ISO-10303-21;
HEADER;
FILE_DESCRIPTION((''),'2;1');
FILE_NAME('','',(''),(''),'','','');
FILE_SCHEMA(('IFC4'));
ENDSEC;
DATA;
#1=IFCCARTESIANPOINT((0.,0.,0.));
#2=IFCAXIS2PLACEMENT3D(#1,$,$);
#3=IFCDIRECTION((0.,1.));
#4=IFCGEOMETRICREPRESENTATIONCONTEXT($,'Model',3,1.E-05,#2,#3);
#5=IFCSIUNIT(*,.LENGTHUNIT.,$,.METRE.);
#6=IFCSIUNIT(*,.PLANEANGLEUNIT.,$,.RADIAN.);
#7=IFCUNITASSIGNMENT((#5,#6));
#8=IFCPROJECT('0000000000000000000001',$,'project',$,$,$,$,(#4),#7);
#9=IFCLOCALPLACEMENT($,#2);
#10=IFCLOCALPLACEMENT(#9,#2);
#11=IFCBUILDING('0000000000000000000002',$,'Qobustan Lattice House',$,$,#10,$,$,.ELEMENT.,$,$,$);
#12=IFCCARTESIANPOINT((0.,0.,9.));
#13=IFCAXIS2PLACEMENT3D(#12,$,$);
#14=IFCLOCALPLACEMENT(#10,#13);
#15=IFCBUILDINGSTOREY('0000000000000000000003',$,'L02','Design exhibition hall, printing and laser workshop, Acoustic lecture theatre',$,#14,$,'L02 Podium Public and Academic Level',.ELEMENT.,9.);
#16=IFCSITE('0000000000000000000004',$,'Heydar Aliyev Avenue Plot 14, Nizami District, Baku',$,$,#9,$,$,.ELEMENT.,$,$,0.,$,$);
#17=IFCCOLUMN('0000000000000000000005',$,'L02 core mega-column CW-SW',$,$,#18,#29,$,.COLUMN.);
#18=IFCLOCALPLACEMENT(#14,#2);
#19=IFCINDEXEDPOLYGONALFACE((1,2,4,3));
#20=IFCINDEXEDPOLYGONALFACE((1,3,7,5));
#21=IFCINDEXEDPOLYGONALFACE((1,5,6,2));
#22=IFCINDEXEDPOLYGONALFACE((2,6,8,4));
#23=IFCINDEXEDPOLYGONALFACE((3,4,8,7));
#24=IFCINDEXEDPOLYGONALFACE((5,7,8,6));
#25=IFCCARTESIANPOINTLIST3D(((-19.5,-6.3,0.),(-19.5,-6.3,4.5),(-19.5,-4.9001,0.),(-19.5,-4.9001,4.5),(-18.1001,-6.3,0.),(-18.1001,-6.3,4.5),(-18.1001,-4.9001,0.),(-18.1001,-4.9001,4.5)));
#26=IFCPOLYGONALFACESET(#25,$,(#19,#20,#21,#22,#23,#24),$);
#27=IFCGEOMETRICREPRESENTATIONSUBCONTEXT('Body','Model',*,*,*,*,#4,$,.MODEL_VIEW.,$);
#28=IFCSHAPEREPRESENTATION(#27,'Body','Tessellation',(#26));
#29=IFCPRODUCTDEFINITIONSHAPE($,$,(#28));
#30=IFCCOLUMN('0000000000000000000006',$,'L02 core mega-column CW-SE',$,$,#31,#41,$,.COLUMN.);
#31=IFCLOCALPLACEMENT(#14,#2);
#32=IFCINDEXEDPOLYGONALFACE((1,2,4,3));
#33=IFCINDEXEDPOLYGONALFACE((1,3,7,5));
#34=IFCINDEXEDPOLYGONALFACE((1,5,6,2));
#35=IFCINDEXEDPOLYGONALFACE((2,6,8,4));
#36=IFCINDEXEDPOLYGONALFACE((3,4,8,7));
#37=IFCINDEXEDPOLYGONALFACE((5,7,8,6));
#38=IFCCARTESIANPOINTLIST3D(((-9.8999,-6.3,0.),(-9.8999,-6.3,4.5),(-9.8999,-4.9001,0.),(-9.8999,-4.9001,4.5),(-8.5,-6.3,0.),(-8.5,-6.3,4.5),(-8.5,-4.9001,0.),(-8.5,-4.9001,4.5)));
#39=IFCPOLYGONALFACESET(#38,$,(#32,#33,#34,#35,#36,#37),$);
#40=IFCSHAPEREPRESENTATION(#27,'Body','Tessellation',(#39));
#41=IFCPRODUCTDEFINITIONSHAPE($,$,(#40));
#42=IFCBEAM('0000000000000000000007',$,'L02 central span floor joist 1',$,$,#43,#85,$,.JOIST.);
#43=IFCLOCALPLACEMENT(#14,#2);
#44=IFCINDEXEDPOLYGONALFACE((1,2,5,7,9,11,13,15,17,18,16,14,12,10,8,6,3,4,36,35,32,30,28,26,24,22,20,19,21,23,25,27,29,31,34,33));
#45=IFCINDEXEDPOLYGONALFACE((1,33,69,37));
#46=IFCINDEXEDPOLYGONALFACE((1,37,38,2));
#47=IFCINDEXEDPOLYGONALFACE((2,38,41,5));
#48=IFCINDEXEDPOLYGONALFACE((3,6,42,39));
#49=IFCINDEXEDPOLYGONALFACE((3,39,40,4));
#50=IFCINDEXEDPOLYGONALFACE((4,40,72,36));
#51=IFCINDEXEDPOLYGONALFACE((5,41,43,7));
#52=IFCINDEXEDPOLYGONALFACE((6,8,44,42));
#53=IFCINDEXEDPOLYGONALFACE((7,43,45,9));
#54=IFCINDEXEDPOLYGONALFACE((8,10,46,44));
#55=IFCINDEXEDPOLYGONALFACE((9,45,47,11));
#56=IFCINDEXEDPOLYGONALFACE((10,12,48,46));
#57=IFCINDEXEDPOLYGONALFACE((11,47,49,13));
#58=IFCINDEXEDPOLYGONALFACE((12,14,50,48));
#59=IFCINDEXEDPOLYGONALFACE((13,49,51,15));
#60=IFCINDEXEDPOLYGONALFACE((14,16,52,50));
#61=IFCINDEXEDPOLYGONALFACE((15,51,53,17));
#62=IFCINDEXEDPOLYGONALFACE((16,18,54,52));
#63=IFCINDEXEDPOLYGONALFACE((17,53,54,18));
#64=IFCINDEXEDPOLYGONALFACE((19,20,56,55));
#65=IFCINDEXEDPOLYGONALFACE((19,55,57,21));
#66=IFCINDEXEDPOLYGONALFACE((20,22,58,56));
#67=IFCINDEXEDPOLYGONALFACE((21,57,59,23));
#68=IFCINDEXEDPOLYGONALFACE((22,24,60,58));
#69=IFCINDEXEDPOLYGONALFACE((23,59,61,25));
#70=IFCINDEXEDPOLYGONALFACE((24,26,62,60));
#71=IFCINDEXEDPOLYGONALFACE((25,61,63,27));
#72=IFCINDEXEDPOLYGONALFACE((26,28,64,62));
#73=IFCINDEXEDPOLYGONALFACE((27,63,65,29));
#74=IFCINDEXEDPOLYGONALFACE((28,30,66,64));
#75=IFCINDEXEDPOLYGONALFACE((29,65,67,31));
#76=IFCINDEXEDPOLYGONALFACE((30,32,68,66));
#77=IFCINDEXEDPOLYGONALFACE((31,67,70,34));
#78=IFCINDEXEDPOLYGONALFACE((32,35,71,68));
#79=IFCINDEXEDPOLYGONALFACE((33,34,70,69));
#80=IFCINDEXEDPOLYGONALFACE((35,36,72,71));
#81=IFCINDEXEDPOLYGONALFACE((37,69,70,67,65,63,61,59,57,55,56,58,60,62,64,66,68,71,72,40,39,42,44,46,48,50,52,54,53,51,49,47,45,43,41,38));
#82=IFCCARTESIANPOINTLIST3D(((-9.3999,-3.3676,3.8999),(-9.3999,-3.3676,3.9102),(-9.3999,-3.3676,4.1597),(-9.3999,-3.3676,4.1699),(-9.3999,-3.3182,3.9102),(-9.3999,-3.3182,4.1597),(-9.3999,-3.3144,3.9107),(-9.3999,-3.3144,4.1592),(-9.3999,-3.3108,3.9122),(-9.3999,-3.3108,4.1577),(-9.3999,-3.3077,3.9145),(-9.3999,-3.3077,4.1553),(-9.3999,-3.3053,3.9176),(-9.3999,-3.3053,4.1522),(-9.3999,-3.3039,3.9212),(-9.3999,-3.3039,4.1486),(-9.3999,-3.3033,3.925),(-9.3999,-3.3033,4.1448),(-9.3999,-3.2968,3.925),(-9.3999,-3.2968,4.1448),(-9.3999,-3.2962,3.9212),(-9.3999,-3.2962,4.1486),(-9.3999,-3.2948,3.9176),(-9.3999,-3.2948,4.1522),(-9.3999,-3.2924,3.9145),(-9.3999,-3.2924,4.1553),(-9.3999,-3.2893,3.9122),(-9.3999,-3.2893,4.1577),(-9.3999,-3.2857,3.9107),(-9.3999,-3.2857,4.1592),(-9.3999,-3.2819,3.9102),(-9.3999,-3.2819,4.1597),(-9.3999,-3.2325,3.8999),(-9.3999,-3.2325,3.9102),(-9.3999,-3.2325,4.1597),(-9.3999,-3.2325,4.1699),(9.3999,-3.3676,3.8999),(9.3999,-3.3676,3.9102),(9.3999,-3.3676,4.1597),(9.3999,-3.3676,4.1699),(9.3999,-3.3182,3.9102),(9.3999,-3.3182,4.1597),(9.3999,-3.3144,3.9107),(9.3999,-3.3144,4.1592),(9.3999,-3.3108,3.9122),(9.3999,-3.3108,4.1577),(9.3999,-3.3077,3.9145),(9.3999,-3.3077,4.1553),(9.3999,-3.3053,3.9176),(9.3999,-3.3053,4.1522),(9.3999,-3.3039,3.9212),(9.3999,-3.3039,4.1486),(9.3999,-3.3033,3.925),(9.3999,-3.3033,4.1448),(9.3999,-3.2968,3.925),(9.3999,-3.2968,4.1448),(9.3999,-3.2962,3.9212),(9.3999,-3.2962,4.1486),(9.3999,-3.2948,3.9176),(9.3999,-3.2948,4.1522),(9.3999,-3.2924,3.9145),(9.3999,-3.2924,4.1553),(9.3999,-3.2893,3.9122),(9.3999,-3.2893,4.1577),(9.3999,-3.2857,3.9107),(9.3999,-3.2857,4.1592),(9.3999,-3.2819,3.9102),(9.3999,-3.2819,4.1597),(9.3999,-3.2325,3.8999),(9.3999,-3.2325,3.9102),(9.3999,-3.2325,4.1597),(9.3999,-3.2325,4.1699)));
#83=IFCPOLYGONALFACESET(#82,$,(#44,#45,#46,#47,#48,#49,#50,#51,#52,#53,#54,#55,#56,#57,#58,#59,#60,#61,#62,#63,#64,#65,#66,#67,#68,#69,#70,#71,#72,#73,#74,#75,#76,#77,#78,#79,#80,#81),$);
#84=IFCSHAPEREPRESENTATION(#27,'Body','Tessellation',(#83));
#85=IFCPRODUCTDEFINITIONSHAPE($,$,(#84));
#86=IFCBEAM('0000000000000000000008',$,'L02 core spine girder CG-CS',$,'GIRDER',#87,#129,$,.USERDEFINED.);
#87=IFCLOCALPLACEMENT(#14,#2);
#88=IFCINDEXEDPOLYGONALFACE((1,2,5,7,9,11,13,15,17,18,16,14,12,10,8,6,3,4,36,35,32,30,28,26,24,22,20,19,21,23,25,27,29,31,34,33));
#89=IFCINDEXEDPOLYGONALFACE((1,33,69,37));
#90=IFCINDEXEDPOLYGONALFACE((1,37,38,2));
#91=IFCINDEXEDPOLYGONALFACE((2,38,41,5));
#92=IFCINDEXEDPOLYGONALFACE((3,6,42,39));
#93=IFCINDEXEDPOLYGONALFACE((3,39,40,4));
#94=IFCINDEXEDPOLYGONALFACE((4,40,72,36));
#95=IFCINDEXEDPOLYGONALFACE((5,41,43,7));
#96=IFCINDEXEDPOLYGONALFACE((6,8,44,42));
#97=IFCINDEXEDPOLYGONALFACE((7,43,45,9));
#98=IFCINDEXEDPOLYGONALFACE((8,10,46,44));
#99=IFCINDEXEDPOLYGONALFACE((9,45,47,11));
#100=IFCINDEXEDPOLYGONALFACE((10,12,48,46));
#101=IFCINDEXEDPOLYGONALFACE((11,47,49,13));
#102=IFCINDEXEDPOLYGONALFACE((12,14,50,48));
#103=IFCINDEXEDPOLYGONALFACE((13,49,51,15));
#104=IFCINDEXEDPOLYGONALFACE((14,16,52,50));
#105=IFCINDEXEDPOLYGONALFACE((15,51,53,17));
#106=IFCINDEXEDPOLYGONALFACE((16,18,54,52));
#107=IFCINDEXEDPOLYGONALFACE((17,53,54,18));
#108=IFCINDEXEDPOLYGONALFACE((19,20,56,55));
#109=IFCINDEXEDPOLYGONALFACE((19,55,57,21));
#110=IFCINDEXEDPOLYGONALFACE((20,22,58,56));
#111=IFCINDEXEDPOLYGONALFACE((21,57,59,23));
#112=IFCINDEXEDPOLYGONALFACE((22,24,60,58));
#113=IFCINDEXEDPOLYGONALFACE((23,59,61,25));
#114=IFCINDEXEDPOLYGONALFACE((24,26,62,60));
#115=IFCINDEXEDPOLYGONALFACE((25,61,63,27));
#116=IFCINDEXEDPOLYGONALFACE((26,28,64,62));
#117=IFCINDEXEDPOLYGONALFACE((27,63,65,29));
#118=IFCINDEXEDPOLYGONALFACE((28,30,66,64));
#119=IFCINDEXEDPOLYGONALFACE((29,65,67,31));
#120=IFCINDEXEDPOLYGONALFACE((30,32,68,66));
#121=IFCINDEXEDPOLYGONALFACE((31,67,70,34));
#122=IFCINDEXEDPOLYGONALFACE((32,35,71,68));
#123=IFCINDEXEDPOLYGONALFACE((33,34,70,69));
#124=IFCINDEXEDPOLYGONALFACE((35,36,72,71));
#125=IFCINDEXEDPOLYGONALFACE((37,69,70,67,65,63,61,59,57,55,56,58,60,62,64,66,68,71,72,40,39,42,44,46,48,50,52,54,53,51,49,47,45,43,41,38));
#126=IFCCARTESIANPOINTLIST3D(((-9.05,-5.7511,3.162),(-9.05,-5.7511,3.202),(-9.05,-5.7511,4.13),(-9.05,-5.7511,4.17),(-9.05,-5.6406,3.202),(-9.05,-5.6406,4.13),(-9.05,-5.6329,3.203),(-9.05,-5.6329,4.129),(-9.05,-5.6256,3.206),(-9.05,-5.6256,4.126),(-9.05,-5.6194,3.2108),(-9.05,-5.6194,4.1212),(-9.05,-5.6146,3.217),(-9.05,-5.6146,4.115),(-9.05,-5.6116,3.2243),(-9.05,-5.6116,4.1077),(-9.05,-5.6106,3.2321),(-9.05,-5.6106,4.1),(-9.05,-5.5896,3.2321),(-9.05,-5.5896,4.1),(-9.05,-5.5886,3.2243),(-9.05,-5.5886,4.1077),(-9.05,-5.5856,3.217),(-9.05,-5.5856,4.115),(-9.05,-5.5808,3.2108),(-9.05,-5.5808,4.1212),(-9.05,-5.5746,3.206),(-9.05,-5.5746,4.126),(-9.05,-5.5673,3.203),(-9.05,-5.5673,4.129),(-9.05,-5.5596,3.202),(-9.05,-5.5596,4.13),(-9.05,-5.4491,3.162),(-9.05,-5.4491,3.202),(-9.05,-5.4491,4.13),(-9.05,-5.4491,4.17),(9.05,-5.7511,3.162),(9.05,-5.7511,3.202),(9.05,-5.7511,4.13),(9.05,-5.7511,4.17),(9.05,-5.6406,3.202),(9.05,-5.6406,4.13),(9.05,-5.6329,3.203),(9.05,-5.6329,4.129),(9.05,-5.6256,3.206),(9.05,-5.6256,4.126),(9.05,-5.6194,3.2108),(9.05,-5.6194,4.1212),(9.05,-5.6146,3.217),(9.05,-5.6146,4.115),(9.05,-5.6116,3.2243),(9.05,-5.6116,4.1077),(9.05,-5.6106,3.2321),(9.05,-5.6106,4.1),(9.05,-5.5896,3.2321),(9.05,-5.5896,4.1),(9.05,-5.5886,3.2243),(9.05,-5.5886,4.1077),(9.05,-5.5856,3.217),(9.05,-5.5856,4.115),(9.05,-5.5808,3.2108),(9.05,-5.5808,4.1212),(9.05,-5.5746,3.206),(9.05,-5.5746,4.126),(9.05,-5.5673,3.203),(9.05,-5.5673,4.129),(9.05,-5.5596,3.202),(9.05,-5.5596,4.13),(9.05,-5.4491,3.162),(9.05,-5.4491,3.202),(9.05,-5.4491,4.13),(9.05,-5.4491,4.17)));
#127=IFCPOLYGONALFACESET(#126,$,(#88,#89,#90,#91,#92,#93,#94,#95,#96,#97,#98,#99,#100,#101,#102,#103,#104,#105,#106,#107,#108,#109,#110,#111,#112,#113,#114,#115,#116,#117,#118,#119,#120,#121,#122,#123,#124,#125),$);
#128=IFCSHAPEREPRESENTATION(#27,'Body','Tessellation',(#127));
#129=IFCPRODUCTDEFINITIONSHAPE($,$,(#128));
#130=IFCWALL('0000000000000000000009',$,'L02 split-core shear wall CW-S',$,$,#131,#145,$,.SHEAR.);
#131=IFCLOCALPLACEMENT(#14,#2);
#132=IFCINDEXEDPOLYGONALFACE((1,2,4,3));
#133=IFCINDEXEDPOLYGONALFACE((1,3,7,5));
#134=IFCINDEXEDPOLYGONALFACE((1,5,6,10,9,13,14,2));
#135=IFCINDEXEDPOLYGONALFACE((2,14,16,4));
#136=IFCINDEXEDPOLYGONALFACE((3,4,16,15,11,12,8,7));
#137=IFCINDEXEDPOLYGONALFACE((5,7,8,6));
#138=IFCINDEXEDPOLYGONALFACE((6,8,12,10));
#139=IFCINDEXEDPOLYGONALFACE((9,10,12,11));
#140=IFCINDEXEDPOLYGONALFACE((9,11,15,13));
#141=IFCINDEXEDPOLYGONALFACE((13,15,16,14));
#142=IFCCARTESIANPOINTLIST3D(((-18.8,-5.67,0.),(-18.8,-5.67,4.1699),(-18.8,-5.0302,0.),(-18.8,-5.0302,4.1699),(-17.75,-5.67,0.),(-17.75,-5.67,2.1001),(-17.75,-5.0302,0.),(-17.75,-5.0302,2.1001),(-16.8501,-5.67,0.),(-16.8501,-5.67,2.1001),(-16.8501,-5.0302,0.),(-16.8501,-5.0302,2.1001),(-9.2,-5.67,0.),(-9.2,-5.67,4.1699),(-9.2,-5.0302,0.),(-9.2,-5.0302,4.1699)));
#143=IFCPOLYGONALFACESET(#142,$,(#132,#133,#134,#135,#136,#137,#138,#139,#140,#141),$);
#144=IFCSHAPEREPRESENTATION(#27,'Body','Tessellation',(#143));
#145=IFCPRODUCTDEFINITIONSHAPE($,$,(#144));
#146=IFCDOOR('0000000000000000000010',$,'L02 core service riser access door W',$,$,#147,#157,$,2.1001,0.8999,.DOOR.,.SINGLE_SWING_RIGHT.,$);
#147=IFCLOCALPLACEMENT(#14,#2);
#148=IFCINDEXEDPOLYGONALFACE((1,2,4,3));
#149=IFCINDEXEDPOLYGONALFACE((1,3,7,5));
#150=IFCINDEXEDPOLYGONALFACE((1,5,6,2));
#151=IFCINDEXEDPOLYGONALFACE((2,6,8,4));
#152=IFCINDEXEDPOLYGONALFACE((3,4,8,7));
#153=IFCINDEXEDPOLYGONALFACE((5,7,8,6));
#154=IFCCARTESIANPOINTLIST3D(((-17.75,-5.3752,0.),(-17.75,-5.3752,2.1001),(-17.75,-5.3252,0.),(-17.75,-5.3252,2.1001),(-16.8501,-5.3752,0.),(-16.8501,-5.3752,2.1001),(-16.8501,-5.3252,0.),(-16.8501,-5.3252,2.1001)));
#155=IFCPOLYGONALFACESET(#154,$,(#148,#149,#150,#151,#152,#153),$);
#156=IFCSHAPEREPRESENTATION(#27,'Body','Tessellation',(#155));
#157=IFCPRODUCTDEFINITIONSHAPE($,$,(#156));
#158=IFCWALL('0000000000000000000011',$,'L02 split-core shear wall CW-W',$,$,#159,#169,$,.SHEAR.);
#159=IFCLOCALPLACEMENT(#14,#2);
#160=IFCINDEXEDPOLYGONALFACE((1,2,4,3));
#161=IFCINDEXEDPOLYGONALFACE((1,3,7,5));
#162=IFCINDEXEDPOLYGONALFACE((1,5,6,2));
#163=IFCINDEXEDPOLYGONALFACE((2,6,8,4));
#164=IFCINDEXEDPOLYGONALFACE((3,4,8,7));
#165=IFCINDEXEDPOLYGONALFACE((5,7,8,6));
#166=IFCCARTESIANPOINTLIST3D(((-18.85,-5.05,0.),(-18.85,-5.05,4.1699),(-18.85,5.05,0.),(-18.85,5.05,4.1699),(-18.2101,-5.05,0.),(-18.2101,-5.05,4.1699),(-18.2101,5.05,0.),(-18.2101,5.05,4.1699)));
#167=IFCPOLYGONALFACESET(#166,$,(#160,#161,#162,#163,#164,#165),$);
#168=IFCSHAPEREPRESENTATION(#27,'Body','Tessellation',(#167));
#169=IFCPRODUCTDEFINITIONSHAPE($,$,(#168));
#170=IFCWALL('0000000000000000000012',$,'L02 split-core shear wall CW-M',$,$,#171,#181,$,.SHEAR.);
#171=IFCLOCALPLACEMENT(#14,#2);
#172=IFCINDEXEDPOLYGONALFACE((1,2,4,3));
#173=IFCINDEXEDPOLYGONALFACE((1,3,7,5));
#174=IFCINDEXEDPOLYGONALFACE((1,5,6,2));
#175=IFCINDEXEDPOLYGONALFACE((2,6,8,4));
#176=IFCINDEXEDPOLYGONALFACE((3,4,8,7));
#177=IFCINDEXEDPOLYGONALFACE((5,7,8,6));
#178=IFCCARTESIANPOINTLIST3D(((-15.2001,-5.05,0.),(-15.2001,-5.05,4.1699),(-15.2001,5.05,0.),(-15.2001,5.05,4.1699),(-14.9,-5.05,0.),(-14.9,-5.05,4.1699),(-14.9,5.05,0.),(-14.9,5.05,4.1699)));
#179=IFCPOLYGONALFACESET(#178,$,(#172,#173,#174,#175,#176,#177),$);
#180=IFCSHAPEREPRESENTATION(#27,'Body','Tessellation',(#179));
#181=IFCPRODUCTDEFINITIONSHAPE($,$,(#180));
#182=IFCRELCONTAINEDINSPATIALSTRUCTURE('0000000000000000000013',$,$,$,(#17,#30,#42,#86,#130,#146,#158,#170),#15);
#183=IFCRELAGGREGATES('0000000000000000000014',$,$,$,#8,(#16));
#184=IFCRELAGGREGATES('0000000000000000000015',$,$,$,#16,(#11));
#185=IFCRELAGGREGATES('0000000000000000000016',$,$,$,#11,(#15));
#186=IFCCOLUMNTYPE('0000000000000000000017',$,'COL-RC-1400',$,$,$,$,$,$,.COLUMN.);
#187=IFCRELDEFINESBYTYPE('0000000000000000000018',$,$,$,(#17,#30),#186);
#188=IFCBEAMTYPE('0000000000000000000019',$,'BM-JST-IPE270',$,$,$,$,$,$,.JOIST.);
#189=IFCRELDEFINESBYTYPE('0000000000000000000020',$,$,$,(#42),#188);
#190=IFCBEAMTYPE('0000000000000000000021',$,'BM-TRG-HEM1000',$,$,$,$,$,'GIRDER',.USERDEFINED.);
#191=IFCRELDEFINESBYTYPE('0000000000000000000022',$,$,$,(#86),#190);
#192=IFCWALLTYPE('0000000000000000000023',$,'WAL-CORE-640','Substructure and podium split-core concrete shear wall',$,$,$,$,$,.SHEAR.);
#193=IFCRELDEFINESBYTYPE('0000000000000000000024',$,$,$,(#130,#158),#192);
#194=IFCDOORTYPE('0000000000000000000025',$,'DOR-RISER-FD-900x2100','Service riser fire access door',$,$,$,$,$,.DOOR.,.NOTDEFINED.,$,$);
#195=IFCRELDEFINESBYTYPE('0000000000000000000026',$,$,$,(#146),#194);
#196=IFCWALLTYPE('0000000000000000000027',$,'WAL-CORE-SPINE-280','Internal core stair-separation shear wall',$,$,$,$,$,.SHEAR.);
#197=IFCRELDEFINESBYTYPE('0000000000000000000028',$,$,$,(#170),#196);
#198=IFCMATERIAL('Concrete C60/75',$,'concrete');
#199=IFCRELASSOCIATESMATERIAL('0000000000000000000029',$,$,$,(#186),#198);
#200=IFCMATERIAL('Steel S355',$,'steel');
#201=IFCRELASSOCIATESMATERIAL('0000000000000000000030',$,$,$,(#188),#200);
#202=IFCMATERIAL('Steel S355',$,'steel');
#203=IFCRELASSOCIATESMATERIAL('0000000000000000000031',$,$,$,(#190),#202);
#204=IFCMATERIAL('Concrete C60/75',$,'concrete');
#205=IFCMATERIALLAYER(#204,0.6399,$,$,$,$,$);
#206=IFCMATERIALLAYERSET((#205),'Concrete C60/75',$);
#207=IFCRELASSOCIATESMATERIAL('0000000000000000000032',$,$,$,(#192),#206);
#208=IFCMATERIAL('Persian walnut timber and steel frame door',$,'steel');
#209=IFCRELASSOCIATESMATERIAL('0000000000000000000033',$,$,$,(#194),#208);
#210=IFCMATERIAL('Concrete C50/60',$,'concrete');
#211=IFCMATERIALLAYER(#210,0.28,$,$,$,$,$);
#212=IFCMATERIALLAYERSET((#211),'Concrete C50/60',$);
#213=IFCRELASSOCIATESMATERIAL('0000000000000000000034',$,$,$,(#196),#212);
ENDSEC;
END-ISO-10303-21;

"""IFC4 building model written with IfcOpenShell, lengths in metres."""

from ifc_helpers import new_model, si_unit, direction, frame, frame_2d, origin, origin_2d, place, context, subcontext, project, spatial, rectangle, i_section, extrude, material, layer, layer_set, material_profile, profile_set, type_object, element, fill, save


model = new_model("IFC4")

# Units and contexts
model_context = context("Model", 3, precision=1e-05, world=origin(), true_north=direction((0.0, 1.0)))
body_context = subcontext(model_context, "Body", "Model", "MODEL_VIEW")
ifc_project = project(units=[si_unit("LENGTHUNIT", "METRE"), si_unit("PLANEANGLEUNIT", "RADIAN")], contexts=[model_context])

# Site, building, storey
site_placement = place(None, origin())
site = spatial("IfcSite", under=ifc_project, at=site_placement, Name="Heydar Aliyev Avenue Plot 14, Nizami District, Baku", CompositionType="ELEMENT", RefElevation=0.0)
building_placement = place(site_placement, origin())
building = spatial("IfcBuilding", under=site, at=building_placement, Name="Qobustan Lattice House", CompositionType="ELEMENT")
storey_placement = place(building_placement, frame((0.0, 0.0, 9.0)))
storey = spatial("IfcBuildingStorey", under=building, at=storey_placement, Name="L02", Description="Design exhibition hall, printing and laser workshop, Acoustic lecture theatre", LongName="L02 Podium Public and Academic Level", CompositionType="ELEMENT", Elevation=9.0)

# Columns
ifc_material_1 = material(Name="Concrete C60/75", Category="concrete")
ifc_material_profile_1 = material_profile(ifc_material_1, rectangle(XDim=1.3999, YDim=1.3999, at=origin_2d()), Name="RC1400x1400")
ifc_profile_set_1 = profile_set([ifc_material_profile_1], Name="Concrete C60/75")
column_type = type_object("IfcColumnType", Name="COL-RC-1400", PredefinedType="COLUMN", material=ifc_profile_set_1)
for number, where, z_axis, x_axis, name in (
    (1, (-18.8, -5.6001, 0.0), (0.0, 0.0, 1.0), (1.0, 0.0, 0.0), "L02 core mega-column CW-SW"),
    (2, (-9.2, -5.6001, 0.0), (0.0, 0.0, 1.0), (1.0, 0.0, 0.0), "L02 core mega-column CW-SE"),
):
    element("IfcColumn", number, at=place(storey_placement, frame(where, z_axis=z_axis, x_axis=x_axis)), inside=storey, type_object=column_type, Name=name, PredefinedType="COLUMN", context=body_context, shape_type="SweptSolid", body=[
        extrude(rectangle(XDim=1.3999, YDim=1.3999, at=origin_2d()), origin(), (0.0, 0.0, 1.0), 4.5),
    ])

# Beams
ifc_material_2 = material(Name="Steel S355", Category="steel")
ifc_material_profile_2 = material_profile(ifc_material_2, i_section(OverallWidth=0.135, OverallDepth=0.27, WebThickness=0.0066, FlangeThickness=0.0103, FilletRadius=0.0149, at=origin_2d()), Name="IPE270")
ifc_profile_set_2 = profile_set([ifc_material_profile_2], Name="Steel S355")
beam_type_1 = type_object("IfcBeamType", Name="BM-JST-IPE270", PredefinedType="JOIST", material=ifc_profile_set_2)
beam_1_placement = place(storey_placement, frame((-9.3999, -3.3, 4.0349), z_axis=(1.0, 0.0, 0.0), x_axis=(0.0, 1.0, 0.0)))
element("IfcBeam", 3, at=beam_1_placement, inside=storey, type_object=beam_type_1, Name="L02 central span floor joist 1", PredefinedType="JOIST", context=body_context, shape_type="SweptSolid", body=[
    extrude(i_section(OverallWidth=0.135, OverallDepth=0.27, WebThickness=0.0066, FlangeThickness=0.0103, FilletRadius=0.0149, at=origin_2d()), origin(), (0.0, 0.0, 1.0), 18.7998),
])
ifc_material_3 = material(Name="Steel S355", Category="steel")
ifc_material_profile_3 = material_profile(ifc_material_3, i_section(OverallWidth=0.302, OverallDepth=1.0081, WebThickness=0.021, FlangeThickness=0.04, FilletRadius=0.03, at=origin_2d()), Name="HEM1000")
ifc_profile_set_3 = profile_set([ifc_material_profile_3], Name="Steel S355")
beam_type_2 = type_object("IfcBeamType", Name="BM-TRG-HEM1000", ElementType="GIRDER", PredefinedType="USERDEFINED", material=ifc_profile_set_3)
beam_2_placement = place(storey_placement, frame((-9.05, -5.6001, 3.666), z_axis=(1.0, 0.0, 0.0), x_axis=(0.0, 1.0, 0.0)))
element("IfcBeam", 4, at=beam_2_placement, inside=storey, type_object=beam_type_2, Name="L02 core spine girder CG-CS", ObjectType="GIRDER", PredefinedType="USERDEFINED", context=body_context, shape_type="SweptSolid", body=[
    extrude(i_section(OverallWidth=0.302, OverallDepth=1.0081, WebThickness=0.021, FlangeThickness=0.04, FilletRadius=0.03, at=origin_2d()), origin(), (0.0, 0.0, 1.0), 18.1001),
])

# Wall, opening, door
ifc_material_4 = material(Name="Concrete C60/75", Category="concrete")
ifc_layer_1 = layer(ifc_material_4, 0.6399)
ifc_layer_set_1 = layer_set([ifc_layer_1], Name="Concrete C60/75")
wall_type_1 = type_object("IfcWallType", Name="WAL-CORE-640", Description="Substructure and podium split-core concrete shear wall", PredefinedType="SHEAR", material=ifc_layer_set_1)
wall_1_placement = place(storey_placement, frame((-18.8, -5.3501, 0.0), z_axis=(0.0, 0.0, 1.0), x_axis=(1.0, 0.0, 0.0)))
wall_1 = element("IfcWall", 5, at=wall_1_placement, inside=storey, type_object=wall_type_1, Name="L02 split-core shear wall CW-S", PredefinedType="SHEAR", context=body_context, shape_type="SweptSolid", body=[
    extrude(rectangle(XDim=9.6001, YDim=0.6399, at=frame_2d((4.8, 0.0))), origin(), (0.0, 0.0, 1.0), 4.1699),
])
opening_1_placement = place(wall_1_placement, frame((1.05, 0.0, 0.0)))
opening_1 = element("IfcOpeningElement", 6, at=opening_1_placement, cuts=wall_1, PredefinedType="OPENING", context=body_context, shape_type="SweptSolid", body=[
    extrude(rectangle(XDim=0.8999, YDim=2.1001, at=frame_2d((0.45, 1.05))), frame((0.0, 0.3298, 0.0), z_axis=(0.0, -1.0, 0.0), x_axis=(1.0, 0.0, 0.0)), (0.0, 0.0, 1.0), 0.6599),
])
ifc_material_5 = material(Name="Persian walnut timber and steel frame door", Category="steel")
door_type_1 = type_object("IfcDoorType", Name="DOR-RISER-FD-900x2100", Description="Service riser fire access door", OperationType="NOTDEFINED", PredefinedType="DOOR", material=ifc_material_5)
door_1_placement = place(opening_1_placement, origin())
door_1 = element("IfcDoor", 7, at=door_1_placement, inside=storey, type_object=door_type_1, Name="L02 core service riser access door W", OperationType="SINGLE_SWING_RIGHT", OverallHeight=2.1001, OverallWidth=0.8999, PredefinedType="DOOR", context=body_context, shape_type="SweptSolid", body=[
    extrude(rectangle(XDim=0.8999, YDim=2.1001, at=frame_2d((0.45, 1.05))), frame((0.0, 0.0249, 0.0), z_axis=(0.0, -1.0, 0.0), x_axis=(1.0, 0.0, 0.0)), (0.0, 0.0, 1.0), 0.05),
])
fill(opening_1, door_1)

# Wall
wall_2_placement = place(storey_placement, frame((-18.53, -5.05, 0.0), z_axis=(0.0, 0.0, 1.0), x_axis=(0.0, 1.0, 0.0)))
element("IfcWall", 8, at=wall_2_placement, inside=storey, type_object=wall_type_1, Name="L02 split-core shear wall CW-W", PredefinedType="SHEAR", context=body_context, shape_type="SweptSolid", body=[
    extrude(rectangle(XDim=10.1001, YDim=0.6399, at=frame_2d((5.05, 0.0))), origin(), (0.0, 0.0, 1.0), 4.1699),
])

# Wall
ifc_material_6 = material(Name="Concrete C50/60", Category="concrete")
ifc_layer_2 = layer(ifc_material_6, 0.28)
ifc_layer_set_2 = layer_set([ifc_layer_2], Name="Concrete C50/60")
wall_type_2 = type_object("IfcWallType", Name="WAL-CORE-SPINE-280", Description="Internal core stair-separation shear wall", PredefinedType="SHEAR", material=ifc_layer_set_2)
wall_3_placement = place(storey_placement, frame((-15.05, -5.05, 0.0), z_axis=(0.0, 0.0, 1.0), x_axis=(0.0, 1.0, 0.0)))
element("IfcWall", 9, at=wall_3_placement, inside=storey, type_object=wall_type_2, Name="L02 split-core shear wall CW-M", PredefinedType="SHEAR", context=body_context, shape_type="SweptSolid", body=[
    extrude(rectangle(XDim=10.1001, YDim=0.3, at=frame_2d((5.05, 0.0))), origin(), (0.0, 0.0, 1.0), 4.1699),
])

save(model, "model.ifc")
